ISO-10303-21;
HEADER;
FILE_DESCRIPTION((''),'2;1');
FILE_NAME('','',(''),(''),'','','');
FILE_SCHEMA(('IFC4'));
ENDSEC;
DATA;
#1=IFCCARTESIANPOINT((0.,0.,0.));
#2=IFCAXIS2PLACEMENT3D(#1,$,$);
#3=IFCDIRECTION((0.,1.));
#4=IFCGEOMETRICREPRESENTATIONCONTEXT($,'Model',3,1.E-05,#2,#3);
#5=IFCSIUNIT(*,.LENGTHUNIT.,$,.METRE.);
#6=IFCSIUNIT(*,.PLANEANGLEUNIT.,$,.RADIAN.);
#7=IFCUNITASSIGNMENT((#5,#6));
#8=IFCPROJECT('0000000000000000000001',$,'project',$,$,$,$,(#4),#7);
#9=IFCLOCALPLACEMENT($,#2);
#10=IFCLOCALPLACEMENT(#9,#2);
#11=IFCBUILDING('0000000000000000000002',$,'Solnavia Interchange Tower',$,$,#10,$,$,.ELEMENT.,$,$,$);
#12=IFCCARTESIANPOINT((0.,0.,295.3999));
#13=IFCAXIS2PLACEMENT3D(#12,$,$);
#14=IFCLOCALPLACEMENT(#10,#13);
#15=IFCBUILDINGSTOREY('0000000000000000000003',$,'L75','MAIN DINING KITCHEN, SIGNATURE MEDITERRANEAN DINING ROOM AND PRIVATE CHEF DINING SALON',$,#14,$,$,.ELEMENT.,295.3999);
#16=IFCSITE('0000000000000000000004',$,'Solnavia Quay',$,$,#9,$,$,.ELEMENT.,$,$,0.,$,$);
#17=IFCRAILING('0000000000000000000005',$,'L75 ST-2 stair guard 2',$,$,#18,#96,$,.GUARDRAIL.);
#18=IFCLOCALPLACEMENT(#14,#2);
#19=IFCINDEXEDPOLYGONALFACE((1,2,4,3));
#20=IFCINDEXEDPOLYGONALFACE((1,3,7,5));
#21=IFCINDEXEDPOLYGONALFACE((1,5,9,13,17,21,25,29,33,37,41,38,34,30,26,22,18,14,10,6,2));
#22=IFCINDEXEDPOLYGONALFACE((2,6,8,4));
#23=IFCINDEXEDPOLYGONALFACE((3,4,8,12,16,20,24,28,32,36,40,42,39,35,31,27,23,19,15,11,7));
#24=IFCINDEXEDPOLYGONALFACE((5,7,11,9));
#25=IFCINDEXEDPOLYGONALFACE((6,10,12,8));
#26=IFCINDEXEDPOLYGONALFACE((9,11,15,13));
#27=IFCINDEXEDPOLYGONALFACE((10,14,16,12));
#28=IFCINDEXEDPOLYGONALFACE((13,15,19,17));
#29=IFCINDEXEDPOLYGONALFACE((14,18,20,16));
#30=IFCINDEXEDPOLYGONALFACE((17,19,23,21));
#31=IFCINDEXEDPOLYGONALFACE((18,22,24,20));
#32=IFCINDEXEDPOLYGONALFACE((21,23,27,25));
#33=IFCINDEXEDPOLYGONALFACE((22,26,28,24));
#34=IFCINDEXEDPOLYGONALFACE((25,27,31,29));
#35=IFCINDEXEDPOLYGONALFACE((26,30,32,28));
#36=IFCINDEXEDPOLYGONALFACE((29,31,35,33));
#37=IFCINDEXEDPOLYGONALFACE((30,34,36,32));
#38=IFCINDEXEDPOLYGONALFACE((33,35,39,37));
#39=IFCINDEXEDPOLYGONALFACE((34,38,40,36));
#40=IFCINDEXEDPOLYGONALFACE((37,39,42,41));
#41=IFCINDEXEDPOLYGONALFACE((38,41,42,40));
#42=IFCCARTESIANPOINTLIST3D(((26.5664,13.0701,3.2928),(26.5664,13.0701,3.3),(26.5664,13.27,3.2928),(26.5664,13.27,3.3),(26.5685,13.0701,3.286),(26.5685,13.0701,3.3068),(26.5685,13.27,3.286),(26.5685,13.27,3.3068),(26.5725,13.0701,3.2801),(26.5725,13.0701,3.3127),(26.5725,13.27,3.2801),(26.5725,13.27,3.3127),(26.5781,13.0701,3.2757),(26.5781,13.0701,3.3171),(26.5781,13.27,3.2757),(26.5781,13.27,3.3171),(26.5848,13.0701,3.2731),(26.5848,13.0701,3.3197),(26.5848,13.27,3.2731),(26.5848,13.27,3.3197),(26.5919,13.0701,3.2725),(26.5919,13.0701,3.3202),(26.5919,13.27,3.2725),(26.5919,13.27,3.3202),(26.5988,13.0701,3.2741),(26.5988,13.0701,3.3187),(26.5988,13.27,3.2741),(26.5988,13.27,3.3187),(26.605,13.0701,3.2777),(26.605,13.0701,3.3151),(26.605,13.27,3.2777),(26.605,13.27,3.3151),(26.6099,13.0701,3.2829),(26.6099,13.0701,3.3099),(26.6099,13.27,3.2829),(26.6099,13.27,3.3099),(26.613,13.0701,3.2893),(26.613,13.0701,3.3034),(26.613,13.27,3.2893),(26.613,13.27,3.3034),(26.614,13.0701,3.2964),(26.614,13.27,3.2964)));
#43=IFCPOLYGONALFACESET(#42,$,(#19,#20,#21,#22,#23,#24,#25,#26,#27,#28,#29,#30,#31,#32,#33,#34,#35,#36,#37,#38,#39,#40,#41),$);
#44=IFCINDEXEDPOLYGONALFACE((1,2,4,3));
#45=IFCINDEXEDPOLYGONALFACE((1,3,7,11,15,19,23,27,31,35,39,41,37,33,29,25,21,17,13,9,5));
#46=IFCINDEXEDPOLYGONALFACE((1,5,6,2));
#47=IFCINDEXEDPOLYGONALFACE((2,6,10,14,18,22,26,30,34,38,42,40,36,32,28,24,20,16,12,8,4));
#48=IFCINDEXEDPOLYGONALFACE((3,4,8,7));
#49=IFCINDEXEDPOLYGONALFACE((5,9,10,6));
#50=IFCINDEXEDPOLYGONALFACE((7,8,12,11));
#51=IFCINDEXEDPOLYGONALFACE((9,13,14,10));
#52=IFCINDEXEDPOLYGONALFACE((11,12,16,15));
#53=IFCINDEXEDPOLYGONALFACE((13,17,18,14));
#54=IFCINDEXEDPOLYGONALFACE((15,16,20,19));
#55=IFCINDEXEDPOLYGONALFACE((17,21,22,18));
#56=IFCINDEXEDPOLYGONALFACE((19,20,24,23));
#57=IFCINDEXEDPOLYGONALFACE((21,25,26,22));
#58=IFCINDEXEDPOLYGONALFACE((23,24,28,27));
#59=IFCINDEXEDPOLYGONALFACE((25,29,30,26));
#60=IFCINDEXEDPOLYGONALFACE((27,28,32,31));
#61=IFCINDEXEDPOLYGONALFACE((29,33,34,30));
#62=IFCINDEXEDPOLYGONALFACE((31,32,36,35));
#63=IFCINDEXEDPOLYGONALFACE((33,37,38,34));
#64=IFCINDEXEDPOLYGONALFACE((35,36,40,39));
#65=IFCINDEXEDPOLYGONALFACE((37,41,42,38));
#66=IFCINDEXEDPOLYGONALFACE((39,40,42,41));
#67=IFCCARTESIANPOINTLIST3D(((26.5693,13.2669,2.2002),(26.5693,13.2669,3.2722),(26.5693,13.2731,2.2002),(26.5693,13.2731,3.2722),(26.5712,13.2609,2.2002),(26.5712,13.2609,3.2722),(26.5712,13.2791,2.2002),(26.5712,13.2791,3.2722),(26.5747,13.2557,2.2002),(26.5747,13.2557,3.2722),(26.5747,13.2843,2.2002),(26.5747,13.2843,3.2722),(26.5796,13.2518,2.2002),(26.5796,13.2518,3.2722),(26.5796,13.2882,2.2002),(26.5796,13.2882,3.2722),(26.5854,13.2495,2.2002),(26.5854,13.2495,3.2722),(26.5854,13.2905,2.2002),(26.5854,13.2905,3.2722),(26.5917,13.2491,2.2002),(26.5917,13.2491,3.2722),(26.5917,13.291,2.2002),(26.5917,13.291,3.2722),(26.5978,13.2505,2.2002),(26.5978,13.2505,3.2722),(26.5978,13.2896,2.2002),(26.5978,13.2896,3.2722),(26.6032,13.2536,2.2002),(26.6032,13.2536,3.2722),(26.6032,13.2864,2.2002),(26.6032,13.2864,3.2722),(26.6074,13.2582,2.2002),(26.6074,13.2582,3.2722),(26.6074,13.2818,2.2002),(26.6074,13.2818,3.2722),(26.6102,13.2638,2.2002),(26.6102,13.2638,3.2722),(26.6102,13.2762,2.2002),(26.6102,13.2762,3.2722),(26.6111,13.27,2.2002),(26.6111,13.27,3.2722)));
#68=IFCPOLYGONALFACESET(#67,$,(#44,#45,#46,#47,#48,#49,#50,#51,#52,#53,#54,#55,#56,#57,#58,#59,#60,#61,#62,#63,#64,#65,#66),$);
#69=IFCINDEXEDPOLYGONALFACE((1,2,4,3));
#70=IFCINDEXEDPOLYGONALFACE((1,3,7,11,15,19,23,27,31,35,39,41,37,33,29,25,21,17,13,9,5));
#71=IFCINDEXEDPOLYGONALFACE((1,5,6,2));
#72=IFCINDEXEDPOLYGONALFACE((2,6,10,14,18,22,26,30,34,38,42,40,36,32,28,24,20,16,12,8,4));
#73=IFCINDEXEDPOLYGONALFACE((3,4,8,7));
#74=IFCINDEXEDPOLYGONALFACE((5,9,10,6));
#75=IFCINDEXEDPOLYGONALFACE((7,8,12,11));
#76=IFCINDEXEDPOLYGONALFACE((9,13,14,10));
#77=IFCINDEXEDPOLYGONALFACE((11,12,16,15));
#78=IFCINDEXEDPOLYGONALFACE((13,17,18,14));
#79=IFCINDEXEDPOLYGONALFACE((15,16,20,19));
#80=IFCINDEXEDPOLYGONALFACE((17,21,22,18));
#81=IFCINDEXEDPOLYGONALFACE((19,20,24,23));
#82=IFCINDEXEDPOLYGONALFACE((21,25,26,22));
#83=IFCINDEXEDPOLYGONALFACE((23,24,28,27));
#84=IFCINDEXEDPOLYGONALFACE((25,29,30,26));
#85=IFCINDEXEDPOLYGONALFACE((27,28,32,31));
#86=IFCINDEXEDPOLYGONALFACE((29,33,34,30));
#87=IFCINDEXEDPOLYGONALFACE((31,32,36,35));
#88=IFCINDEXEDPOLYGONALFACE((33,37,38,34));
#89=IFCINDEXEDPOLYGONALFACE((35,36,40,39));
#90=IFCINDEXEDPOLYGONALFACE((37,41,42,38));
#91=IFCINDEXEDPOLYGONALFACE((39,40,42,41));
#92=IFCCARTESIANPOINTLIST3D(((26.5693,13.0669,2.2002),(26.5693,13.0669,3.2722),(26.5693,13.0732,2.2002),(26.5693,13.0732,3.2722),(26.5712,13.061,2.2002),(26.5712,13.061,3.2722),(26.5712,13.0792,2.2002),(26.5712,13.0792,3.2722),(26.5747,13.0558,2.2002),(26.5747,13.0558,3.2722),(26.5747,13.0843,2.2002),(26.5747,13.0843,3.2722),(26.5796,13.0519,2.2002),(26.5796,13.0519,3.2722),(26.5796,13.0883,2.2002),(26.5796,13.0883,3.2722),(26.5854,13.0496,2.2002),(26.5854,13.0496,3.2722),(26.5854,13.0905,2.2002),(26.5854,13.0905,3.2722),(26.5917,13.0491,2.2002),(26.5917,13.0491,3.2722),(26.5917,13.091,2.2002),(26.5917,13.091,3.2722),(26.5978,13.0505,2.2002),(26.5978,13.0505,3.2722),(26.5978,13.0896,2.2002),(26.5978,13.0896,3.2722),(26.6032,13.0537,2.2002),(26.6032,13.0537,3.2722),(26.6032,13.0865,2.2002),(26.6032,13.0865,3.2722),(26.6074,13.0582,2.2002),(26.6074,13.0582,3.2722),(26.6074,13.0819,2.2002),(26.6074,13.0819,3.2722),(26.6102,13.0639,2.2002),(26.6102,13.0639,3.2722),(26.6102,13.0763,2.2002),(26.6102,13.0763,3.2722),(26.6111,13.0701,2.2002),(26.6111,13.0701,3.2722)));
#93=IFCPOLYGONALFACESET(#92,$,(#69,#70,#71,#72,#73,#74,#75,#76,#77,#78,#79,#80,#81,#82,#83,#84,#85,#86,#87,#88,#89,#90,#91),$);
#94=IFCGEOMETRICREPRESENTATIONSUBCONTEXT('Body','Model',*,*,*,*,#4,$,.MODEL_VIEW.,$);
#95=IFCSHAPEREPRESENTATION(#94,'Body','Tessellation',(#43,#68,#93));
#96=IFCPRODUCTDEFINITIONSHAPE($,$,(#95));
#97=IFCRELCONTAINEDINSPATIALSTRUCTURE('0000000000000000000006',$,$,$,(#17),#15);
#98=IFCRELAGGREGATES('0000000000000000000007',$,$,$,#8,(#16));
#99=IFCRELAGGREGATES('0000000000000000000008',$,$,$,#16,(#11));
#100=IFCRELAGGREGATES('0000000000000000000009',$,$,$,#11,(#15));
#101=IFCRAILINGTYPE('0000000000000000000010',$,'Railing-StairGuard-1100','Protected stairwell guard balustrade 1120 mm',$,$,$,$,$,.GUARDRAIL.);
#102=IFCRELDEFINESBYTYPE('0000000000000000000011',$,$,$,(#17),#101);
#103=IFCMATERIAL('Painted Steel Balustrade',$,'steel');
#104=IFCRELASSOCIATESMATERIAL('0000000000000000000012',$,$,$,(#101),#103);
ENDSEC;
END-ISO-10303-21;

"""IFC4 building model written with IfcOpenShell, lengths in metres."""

from ifc_helpers import new_model, si_unit, direction, frame, origin, origin_2d, place, context, subcontext, project, spatial, circle, extrude, material, type_object, element, save


model = new_model("IFC4")

# Units and contexts
model_context = context("Model", 3, precision=1e-05, world=origin(), true_north=direction((0.0, 1.0)))
body_context = subcontext(model_context, "Body", "Model", "MODEL_VIEW")
ifc_project = project(units=[si_unit("LENGTHUNIT", "METRE"), si_unit("PLANEANGLEUNIT", "RADIAN")], contexts=[model_context])

# Site, building, storey
site_placement = place(None, origin())
site = spatial("IfcSite", under=ifc_project, at=site_placement, Name="Solnavia Quay", CompositionType="ELEMENT", RefElevation=0.0)
building_placement = place(site_placement, origin())
building = spatial("IfcBuilding", under=site, at=building_placement, Name="Solnavia Interchange Tower", CompositionType="ELEMENT")
storey_placement = place(building_placement, frame((0.0, 0.0, 295.3999)))
storey = spatial("IfcBuildingStorey", under=building, at=storey_placement, Name="L75", Description="MAIN DINING KITCHEN, SIGNATURE MEDITERRANEAN DINING ROOM AND PRIVATE CHEF DINING SALON", CompositionType="ELEMENT", Elevation=295.3999)

# Railing
ifc_material_1 = material(Name="Painted Steel Balustrade", Category="steel")
railing_type_1 = type_object("IfcRailingType", Name="Railing-StairGuard-1100", Description="Protected stairwell guard balustrade 1120 mm", PredefinedType="GUARDRAIL", material=ifc_material_1)
railing_1_placement = place(storey_placement, frame((26.5901, 13.27, 2.2002)))
element("IfcRailing", 1, at=railing_1_placement, inside=storey, type_object=railing_type_1, Name="L75 ST-2 stair guard 2", PredefinedType="GUARDRAIL", context=body_context, shape_type="SweptSolid", body=[
    extrude(circle(Radius=0.0239, at=origin_2d()), frame((0.0, 0.0, 1.0962), z_axis=(0.0, -1.0, 0.0), x_axis=(1.0, 0.0, 0.0)), (0.0, 0.0, 1.0), 0.2),
    extrude(circle(Radius=0.021, at=origin_2d()), origin(), (0.0, 0.0, 1.0), 1.072),
    extrude(circle(Radius=0.021, at=origin_2d()), frame((0.0, -0.2, 0.0)), (0.0, 0.0, 1.0), 1.072),
])

save(model, "model.ifc")
